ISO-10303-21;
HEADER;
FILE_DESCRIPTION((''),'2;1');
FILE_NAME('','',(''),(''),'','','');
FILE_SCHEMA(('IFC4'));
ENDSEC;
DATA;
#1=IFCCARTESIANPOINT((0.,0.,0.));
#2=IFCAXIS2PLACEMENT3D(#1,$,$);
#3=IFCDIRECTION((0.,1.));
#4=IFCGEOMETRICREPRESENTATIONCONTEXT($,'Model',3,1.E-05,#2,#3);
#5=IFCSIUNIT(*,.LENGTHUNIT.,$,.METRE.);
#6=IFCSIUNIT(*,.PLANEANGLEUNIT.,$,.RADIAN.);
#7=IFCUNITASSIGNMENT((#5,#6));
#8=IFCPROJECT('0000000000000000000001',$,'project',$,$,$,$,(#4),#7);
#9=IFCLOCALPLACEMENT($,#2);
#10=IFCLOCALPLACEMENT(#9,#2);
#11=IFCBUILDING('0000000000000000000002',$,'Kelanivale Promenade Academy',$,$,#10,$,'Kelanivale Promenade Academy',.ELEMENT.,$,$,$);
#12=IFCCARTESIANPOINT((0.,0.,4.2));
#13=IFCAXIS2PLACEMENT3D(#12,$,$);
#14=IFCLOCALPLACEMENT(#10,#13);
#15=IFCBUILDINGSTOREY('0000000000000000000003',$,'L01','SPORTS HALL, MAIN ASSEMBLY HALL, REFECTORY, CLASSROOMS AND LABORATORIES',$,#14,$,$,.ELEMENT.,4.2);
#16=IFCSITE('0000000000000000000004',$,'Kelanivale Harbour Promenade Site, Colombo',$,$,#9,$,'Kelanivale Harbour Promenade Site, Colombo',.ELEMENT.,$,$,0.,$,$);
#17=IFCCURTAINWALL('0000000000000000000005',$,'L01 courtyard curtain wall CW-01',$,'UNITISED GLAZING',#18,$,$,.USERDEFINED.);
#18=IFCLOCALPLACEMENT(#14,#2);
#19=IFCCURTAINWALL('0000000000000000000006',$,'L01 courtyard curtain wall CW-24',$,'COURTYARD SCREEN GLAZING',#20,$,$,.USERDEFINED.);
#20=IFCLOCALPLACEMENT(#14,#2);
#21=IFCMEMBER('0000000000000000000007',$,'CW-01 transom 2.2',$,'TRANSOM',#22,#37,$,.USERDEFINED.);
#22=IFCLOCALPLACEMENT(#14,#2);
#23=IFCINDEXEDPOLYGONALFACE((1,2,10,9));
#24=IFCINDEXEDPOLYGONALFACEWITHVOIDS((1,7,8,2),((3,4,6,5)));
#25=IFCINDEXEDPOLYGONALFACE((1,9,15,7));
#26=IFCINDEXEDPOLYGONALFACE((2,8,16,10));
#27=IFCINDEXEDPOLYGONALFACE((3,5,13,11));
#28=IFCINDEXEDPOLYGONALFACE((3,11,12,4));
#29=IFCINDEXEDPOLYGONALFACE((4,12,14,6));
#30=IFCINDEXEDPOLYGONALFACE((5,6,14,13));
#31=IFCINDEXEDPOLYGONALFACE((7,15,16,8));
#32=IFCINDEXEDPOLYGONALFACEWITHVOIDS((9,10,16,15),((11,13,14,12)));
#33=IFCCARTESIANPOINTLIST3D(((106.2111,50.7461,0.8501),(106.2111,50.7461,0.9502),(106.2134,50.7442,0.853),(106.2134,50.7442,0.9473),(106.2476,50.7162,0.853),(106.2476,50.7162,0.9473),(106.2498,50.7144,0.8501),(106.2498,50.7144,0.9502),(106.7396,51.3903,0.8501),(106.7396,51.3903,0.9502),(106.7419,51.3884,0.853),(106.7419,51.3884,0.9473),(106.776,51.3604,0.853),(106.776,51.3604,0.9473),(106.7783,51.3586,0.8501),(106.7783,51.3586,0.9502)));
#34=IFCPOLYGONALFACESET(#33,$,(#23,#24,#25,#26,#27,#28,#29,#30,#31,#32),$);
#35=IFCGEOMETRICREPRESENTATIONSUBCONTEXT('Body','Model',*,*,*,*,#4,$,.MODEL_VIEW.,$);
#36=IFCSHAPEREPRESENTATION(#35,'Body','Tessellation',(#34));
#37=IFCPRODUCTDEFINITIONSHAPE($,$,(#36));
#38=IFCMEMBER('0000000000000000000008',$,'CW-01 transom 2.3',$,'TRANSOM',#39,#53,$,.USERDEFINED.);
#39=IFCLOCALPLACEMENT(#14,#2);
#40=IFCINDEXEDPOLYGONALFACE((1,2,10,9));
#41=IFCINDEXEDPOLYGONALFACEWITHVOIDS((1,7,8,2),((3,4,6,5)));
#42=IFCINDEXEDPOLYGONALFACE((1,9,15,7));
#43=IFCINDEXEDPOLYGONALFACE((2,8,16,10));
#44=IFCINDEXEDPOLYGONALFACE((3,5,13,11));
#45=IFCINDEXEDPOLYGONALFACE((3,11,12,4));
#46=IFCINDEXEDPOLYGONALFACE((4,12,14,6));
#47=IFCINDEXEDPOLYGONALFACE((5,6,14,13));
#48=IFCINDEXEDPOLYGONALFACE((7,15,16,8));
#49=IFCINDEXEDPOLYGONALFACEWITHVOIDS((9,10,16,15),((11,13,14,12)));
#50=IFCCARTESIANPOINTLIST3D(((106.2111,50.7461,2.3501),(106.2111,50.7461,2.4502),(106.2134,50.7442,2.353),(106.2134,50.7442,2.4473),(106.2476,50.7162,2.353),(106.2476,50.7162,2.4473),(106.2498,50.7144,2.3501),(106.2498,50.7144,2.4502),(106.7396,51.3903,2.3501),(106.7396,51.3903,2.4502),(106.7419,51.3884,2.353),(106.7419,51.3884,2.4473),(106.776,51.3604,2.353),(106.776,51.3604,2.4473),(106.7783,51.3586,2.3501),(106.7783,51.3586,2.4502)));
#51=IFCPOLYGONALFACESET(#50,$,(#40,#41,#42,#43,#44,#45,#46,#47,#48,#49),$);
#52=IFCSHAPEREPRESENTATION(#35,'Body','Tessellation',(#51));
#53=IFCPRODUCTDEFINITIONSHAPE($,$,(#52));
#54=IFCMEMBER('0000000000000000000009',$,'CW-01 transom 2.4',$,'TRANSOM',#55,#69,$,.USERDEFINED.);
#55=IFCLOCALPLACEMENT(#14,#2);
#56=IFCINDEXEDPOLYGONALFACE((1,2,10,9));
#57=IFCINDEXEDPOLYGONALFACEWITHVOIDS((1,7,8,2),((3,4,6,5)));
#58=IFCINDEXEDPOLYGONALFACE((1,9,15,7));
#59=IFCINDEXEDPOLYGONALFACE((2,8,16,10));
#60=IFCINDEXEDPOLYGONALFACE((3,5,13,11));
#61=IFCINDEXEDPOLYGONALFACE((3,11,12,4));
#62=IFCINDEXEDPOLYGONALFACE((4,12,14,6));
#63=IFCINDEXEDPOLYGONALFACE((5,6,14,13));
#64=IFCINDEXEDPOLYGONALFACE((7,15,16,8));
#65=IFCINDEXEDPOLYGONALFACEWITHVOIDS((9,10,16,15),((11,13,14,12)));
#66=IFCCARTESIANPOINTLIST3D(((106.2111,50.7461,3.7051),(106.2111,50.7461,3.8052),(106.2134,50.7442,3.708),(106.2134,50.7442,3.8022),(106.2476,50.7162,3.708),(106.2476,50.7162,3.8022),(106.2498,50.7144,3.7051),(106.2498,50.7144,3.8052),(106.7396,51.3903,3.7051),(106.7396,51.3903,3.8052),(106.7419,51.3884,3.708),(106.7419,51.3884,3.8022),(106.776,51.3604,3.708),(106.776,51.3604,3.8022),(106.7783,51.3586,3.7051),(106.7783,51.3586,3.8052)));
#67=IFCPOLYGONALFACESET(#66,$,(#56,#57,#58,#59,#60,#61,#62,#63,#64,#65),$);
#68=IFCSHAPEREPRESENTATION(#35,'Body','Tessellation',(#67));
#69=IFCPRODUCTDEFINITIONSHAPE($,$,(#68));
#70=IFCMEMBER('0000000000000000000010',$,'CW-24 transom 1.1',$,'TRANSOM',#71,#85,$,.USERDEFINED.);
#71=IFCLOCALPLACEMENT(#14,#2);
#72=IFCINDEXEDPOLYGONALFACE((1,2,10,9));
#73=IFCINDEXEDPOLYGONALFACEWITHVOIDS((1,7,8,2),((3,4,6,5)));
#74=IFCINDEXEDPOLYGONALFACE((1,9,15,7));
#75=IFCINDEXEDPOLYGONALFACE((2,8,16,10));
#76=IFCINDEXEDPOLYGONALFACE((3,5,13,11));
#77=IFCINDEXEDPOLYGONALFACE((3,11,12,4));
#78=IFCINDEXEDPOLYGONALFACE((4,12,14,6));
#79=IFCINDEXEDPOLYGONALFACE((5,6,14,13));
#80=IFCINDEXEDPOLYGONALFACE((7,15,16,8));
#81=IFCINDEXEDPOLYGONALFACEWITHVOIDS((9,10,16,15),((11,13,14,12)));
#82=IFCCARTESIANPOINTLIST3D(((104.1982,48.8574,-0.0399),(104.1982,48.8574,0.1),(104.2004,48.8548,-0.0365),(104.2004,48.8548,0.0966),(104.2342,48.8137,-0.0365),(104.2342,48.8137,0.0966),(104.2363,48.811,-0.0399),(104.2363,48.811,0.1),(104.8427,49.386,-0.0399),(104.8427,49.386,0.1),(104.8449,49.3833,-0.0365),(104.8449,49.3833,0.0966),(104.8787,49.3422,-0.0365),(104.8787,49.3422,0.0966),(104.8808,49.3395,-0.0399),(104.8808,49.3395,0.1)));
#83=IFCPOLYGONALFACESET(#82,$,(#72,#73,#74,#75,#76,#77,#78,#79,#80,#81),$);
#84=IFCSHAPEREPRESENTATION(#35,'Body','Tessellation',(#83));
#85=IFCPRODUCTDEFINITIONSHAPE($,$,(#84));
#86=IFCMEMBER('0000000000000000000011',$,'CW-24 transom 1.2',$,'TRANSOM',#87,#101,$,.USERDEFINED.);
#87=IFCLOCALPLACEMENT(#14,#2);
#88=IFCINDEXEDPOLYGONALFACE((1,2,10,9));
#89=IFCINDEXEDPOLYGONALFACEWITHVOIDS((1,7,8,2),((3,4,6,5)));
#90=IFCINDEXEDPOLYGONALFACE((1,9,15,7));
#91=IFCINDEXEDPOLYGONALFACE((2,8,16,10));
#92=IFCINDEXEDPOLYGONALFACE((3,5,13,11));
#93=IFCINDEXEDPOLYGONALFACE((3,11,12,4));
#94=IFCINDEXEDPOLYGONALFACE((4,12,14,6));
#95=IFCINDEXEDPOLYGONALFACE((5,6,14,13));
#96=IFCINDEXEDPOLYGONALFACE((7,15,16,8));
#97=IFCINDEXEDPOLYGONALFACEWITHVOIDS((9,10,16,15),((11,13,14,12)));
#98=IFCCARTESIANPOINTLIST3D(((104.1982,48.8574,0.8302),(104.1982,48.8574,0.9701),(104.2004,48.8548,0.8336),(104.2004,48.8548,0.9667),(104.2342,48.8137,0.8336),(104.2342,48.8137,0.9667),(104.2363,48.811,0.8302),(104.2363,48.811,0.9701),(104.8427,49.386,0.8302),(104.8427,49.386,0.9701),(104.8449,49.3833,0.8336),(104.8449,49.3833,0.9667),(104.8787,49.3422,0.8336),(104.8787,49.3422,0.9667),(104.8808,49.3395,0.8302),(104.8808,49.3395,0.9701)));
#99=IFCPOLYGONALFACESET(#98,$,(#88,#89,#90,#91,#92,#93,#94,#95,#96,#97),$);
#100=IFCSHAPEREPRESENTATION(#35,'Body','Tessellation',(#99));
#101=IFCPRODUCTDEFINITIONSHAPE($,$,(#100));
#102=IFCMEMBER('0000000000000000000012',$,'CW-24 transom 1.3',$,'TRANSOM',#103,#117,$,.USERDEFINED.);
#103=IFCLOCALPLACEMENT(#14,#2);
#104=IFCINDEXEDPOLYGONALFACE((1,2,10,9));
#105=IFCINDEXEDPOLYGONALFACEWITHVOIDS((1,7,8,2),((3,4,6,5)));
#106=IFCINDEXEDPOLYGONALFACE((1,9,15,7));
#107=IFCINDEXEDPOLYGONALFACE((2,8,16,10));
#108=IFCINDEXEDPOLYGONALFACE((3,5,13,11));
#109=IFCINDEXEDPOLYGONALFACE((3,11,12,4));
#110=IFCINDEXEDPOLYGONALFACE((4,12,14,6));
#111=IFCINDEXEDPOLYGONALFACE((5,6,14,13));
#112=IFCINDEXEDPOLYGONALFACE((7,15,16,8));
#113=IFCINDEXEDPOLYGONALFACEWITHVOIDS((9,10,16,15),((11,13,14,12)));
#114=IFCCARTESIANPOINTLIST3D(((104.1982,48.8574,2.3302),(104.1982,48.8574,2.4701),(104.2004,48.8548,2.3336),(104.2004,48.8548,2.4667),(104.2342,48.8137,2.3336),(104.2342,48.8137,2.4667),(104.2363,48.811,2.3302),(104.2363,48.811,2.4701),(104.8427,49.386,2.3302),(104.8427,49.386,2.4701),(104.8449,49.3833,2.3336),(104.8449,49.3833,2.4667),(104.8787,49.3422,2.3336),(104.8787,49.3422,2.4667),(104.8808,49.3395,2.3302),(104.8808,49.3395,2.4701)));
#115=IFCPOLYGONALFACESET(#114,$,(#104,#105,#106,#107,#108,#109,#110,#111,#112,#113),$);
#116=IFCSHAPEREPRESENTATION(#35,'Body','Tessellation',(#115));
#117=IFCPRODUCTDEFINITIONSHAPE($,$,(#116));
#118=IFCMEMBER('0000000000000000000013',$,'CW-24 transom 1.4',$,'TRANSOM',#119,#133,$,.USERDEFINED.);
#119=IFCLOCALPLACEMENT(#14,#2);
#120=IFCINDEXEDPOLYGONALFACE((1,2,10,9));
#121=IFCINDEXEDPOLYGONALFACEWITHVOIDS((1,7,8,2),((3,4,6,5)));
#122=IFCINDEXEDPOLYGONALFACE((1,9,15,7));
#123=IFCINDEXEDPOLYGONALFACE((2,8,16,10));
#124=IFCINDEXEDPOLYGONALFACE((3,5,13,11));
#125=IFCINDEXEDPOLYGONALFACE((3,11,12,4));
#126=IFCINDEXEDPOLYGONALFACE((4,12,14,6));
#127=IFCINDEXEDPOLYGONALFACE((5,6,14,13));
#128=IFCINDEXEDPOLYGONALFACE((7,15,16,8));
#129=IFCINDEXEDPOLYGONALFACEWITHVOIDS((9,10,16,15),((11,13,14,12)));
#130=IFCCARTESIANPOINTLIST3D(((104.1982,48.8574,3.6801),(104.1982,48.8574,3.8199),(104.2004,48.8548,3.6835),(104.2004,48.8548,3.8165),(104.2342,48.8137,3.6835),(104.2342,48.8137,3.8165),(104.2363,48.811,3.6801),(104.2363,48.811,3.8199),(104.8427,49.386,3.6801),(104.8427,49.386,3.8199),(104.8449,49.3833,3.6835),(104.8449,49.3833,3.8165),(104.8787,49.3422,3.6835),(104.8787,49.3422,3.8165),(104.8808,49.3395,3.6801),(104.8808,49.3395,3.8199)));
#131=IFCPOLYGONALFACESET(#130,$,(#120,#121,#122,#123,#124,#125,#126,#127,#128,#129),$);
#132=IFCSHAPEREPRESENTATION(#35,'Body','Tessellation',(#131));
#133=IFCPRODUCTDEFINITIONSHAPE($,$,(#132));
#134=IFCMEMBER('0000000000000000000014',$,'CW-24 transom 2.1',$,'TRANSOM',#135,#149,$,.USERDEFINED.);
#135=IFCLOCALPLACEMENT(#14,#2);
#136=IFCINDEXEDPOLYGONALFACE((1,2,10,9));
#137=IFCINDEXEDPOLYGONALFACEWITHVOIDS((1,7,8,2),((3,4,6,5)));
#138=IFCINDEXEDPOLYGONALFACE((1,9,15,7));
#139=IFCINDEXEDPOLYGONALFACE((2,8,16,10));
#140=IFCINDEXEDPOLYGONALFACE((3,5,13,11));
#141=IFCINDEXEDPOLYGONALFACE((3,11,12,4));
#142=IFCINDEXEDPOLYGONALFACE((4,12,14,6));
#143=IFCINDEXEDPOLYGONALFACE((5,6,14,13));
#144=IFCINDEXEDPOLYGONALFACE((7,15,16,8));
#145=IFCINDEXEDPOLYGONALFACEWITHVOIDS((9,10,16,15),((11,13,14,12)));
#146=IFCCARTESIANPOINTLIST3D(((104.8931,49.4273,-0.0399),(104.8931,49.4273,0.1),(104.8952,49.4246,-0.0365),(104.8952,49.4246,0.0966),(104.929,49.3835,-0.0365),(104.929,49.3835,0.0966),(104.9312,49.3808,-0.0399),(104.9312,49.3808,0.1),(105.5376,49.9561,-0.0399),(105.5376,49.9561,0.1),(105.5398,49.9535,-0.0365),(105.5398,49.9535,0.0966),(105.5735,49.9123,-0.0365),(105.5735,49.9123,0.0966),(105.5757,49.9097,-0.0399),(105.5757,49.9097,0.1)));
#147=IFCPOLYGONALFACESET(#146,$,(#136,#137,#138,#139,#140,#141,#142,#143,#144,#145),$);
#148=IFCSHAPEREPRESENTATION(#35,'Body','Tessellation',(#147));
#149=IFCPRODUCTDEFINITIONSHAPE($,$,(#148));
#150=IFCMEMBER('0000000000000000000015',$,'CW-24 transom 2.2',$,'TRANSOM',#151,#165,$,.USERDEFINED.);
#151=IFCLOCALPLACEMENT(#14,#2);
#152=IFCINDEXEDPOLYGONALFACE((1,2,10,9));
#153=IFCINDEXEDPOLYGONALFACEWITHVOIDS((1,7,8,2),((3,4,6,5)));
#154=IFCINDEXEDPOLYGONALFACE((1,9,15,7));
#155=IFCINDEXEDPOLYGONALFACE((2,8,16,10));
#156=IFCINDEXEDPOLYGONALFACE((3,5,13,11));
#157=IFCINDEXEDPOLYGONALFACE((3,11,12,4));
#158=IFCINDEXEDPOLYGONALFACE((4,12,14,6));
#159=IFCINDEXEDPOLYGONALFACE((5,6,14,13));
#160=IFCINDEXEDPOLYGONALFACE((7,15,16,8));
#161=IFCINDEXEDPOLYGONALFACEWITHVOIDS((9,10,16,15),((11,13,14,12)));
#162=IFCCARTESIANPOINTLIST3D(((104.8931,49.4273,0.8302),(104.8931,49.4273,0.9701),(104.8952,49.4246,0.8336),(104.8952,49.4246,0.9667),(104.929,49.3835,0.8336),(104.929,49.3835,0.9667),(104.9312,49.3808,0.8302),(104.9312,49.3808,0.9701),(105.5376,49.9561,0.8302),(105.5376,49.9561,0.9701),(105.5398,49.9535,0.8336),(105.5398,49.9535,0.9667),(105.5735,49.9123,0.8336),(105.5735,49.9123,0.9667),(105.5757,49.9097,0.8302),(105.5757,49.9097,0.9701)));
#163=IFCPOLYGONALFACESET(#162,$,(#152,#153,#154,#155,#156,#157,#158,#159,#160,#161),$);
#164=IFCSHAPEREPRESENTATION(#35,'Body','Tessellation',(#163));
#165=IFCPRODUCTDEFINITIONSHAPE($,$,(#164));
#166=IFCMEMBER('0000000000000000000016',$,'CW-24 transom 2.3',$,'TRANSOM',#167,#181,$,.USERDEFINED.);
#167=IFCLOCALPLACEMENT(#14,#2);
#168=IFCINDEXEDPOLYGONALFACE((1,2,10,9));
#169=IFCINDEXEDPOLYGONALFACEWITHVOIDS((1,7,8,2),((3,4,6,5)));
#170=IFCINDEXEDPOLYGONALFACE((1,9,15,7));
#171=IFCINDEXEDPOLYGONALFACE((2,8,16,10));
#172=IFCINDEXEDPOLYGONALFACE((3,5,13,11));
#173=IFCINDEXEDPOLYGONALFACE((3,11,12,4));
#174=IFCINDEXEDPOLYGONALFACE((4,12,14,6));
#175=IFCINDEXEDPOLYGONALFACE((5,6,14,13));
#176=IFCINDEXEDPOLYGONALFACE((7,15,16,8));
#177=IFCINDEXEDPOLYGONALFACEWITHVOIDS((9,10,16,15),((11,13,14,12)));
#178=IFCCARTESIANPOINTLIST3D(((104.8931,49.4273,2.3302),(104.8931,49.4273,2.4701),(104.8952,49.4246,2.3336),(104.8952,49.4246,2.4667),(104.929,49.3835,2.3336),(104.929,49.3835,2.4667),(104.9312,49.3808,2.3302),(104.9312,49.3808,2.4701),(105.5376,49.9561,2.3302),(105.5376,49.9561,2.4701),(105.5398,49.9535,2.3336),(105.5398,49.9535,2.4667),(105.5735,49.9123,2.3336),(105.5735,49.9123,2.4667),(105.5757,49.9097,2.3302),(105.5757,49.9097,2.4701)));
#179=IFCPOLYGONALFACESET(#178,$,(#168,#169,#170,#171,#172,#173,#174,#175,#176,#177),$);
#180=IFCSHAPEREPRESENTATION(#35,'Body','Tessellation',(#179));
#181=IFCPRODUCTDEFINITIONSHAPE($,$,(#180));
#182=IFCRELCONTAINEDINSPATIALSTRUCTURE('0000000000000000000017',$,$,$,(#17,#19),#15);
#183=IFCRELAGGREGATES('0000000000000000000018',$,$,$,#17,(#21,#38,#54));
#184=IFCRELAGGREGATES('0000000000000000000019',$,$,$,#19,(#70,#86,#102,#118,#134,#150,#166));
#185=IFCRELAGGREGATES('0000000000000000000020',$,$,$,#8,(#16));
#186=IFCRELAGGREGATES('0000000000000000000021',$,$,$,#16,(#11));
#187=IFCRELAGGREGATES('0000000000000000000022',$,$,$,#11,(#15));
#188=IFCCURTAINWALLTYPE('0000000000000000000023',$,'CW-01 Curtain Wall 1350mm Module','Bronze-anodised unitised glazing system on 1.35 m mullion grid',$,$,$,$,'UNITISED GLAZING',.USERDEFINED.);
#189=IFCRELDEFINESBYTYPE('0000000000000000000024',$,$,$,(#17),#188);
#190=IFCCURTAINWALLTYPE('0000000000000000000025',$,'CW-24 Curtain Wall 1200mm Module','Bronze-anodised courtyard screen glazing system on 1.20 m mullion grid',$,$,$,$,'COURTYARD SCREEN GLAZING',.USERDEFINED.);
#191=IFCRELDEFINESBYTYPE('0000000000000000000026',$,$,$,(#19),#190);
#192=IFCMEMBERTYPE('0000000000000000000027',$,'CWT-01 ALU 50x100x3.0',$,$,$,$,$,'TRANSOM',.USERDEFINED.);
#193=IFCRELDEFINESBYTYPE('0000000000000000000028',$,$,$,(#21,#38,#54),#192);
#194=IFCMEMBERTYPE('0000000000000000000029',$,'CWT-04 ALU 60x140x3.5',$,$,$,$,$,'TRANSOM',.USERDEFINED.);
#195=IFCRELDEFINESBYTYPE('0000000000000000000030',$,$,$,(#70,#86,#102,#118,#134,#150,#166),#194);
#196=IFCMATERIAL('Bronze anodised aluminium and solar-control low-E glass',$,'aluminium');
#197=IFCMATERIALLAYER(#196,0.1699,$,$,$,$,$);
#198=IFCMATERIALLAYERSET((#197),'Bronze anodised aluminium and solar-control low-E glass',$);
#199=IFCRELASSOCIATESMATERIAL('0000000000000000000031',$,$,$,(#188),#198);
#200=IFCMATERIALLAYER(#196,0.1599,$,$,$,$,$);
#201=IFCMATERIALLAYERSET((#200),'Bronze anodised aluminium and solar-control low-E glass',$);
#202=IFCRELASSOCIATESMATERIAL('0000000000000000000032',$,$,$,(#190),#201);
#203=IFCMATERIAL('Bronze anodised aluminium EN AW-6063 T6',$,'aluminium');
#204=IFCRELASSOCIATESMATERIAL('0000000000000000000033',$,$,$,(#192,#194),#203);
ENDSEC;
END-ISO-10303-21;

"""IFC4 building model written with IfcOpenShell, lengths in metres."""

from ifc_helpers import new_model, si_unit, direction, frame, origin, origin_2d, place, context, subcontext, project, spatial, hollow_rectangle, extrude, material, layer, layer_set, material_profile, profile_set, type_object, element, aggregate, save


model = new_model("IFC4")

# Units and contexts
model_context = context("Model", 3, precision=1e-05, world=origin(), true_north=direction((0.0, 1.0)))
body_context = subcontext(model_context, "Body", "Model", "MODEL_VIEW")
ifc_project = project(units=[si_unit("LENGTHUNIT", "METRE"), si_unit("PLANEANGLEUNIT", "RADIAN")], contexts=[model_context])

# Site, building, storey
site_placement = place(None, origin())
site = spatial("IfcSite", under=ifc_project, at=site_placement, Name="Kelanivale Harbour Promenade Site, Colombo", LongName="Kelanivale Harbour Promenade Site, Colombo", CompositionType="ELEMENT", RefElevation=0.0)
building_placement = place(site_placement, origin())
building = spatial("IfcBuilding", under=site, at=building_placement, Name="Kelanivale Promenade Academy", LongName="Kelanivale Promenade Academy", CompositionType="ELEMENT")
storey_placement = place(building_placement, frame((0.0, 0.0, 4.2)))
storey = spatial("IfcBuildingStorey", under=building, at=storey_placement, Name="L01", Description="SPORTS HALL, MAIN ASSEMBLY HALL, REFECTORY, CLASSROOMS AND LABORATORIES", CompositionType="ELEMENT", Elevation=4.2)

# Curtain walls
ifc_material_1 = material(Name="Bronze anodised aluminium and solar-control low-E glass", Category="aluminium")
ifc_layer_1 = layer(ifc_material_1, 0.1699)
ifc_layer_set_1 = layer_set([ifc_layer_1], Name="Bronze anodised aluminium and solar-control low-E glass")
curtain_wall_type_1 = type_object("IfcCurtainWallType", Name="CW-01 Curtain Wall 1350mm Module", Description="Bronze-anodised unitised glazing system on 1.35 m mullion grid", ElementType="UNITISED GLAZING", PredefinedType="USERDEFINED", material=ifc_layer_set_1)
curtain_wall_1_placement = place(storey_placement, origin())
curtain_wall_1 = element("IfcCurtainWall", 1, at=curtain_wall_1_placement, inside=storey, type_object=curtain_wall_type_1, Name="L01 courtyard curtain wall CW-01", ObjectType="UNITISED GLAZING", PredefinedType="USERDEFINED")
ifc_material_2 = material(Name="Bronze anodised aluminium EN AW-6063 T6", Category="aluminium")
ifc_layer_2 = layer(ifc_material_1, 0.1599)
ifc_layer_set_2 = layer_set([ifc_layer_2], Name="Bronze anodised aluminium and solar-control low-E glass")
curtain_wall_type_2 = type_object("IfcCurtainWallType", Name="CW-24 Curtain Wall 1200mm Module", Description="Bronze-anodised courtyard screen glazing system on 1.20 m mullion grid", ElementType="COURTYARD SCREEN GLAZING", PredefinedType="USERDEFINED", material=ifc_layer_set_2)
curtain_wall_2_placement = place(storey_placement, origin())
curtain_wall_2 = element("IfcCurtainWall", 2, at=curtain_wall_2_placement, inside=storey, type_object=curtain_wall_type_2, Name="L01 courtyard curtain wall CW-24", ObjectType="COURTYARD SCREEN GLAZING", PredefinedType="USERDEFINED")

# Members
ifc_material_profile_1 = material_profile(ifc_material_2, hollow_rectangle(XDim=0.05, YDim=0.1001, WallThickness=0.0029, at=origin_2d()), Name="ALU 50x100x3.0")
ifc_profile_set_1 = profile_set([ifc_material_profile_1], Name="Bronze anodised aluminium EN AW-6063 T6")
member_type_1 = type_object("IfcMemberType", Name="CWT-01 ALU 50x100x3.0", ElementType="TRANSOM", PredefinedType="USERDEFINED", material=ifc_profile_set_1)
member_1_placement = place(storey_placement, frame((106.2305, 50.7302, 0.9001), z_axis=(0.634258, 0.773121, 0.0), x_axis=(-0.773121, 0.634258, 0.0)))
member_1 = element("IfcMember", 3, at=member_1_placement, type_object=member_type_1, Name="CW-01 transom 2.2", ObjectType="TRANSOM", PredefinedType="USERDEFINED", context=body_context, shape_type="SweptSolid", body=[
    extrude(hollow_rectangle(XDim=0.05, YDim=0.1001, WallThickness=0.0029, at=origin_2d()), origin(), (0.0, 0.0, 1.0), 0.8333),
])
member_2_placement = place(storey_placement, frame((106.2305, 50.7302, 2.4001), z_axis=(0.634258, 0.773121, 0.0), x_axis=(-0.773121, 0.634258, 0.0)))
member_2 = element("IfcMember", 4, at=member_2_placement, type_object=member_type_1, Name="CW-01 transom 2.3", ObjectType="TRANSOM", PredefinedType="USERDEFINED", context=body_context, shape_type="SweptSolid", body=[
    extrude(hollow_rectangle(XDim=0.05, YDim=0.1001, WallThickness=0.0029, at=origin_2d()), origin(), (0.0, 0.0, 1.0), 0.8333),
])
member_3_placement = place(storey_placement, frame((106.2305, 50.7302, 3.7551), z_axis=(0.634258, 0.773121, 0.0), x_axis=(-0.773121, 0.634258, 0.0)))
member_3 = element("IfcMember", 5, at=member_3_placement, type_object=member_type_1, Name="CW-01 transom 2.4", ObjectType="TRANSOM", PredefinedType="USERDEFINED", context=body_context, shape_type="SweptSolid", body=[
    extrude(hollow_rectangle(XDim=0.05, YDim=0.1001, WallThickness=0.0029, at=origin_2d()), origin(), (0.0, 0.0, 1.0), 0.8333),
])
ifc_material_profile_2 = material_profile(ifc_material_2, hollow_rectangle(XDim=0.0601, YDim=0.1399, WallThickness=0.0034, at=origin_2d()), Name="ALU 60x140x3.5")
ifc_profile_set_2 = profile_set([ifc_material_profile_2], Name="Bronze anodised aluminium EN AW-6063 T6")
member_type_2 = type_object("IfcMemberType", Name="CWT-04 ALU 60x140x3.5", ElementType="TRANSOM", PredefinedType="USERDEFINED", material=ifc_profile_set_2)
member_4_placement = place(storey_placement, frame((104.2173, 48.8342, 0.03), z_axis=(0.773239, 0.634115, 0.0), x_axis=(-0.634115, 0.773239, 0.0)))
member_4 = element("IfcMember", 6, at=member_4_placement, type_object=member_type_2, Name="CW-24 transom 1.1", ObjectType="TRANSOM", PredefinedType="USERDEFINED", context=body_context, shape_type="SweptSolid", body=[
    extrude(hollow_rectangle(XDim=0.0601, YDim=0.1399, WallThickness=0.0034, at=origin_2d()), origin(), (0.0, 0.0, 1.0), 0.8335),
])
member_5_placement = place(storey_placement, frame((104.2173, 48.8342, 0.9001), z_axis=(0.773239, 0.634115, 0.0), x_axis=(-0.634115, 0.773239, 0.0)))
member_5 = element("IfcMember", 7, at=member_5_placement, type_object=member_type_2, Name="CW-24 transom 1.2", ObjectType="TRANSOM", PredefinedType="USERDEFINED", context=body_context, shape_type="SweptSolid", body=[
    extrude(hollow_rectangle(XDim=0.0601, YDim=0.1399, WallThickness=0.0034, at=origin_2d()), origin(), (0.0, 0.0, 1.0), 0.8335),
])
member_6_placement = place(storey_placement, frame((104.2173, 48.8342, 2.4001), z_axis=(0.773239, 0.634115, 0.0), x_axis=(-0.634115, 0.773239, 0.0)))
member_6 = element("IfcMember", 8, at=member_6_placement, type_object=member_type_2, Name="CW-24 transom 1.3", ObjectType="TRANSOM", PredefinedType="USERDEFINED", context=body_context, shape_type="SweptSolid", body=[
    extrude(hollow_rectangle(XDim=0.0601, YDim=0.1399, WallThickness=0.0034, at=origin_2d()), origin(), (0.0, 0.0, 1.0), 0.8335),
])
member_7_placement = place(storey_placement, frame((104.2173, 48.8342, 3.75), z_axis=(0.773239, 0.634115, 0.0), x_axis=(-0.634115, 0.773239, 0.0)))
member_7 = element("IfcMember", 9, at=member_7_placement, type_object=member_type_2, Name="CW-24 transom 1.4", ObjectType="TRANSOM", PredefinedType="USERDEFINED", context=body_context, shape_type="SweptSolid", body=[
    extrude(hollow_rectangle(XDim=0.0601, YDim=0.1399, WallThickness=0.0034, at=origin_2d()), origin(), (0.0, 0.0, 1.0), 0.8335),
])
member_8_placement = place(storey_placement, frame((104.9121, 49.4041, 0.03), z_axis=(0.773095, 0.63429, 0.0), x_axis=(-0.63429, 0.773095, 0.0)))
member_8 = element("IfcMember", 10, at=member_8_placement, type_object=member_type_2, Name="CW-24 transom 2.1", ObjectType="TRANSOM", PredefinedType="USERDEFINED", context=body_context, shape_type="SweptSolid", body=[
    extrude(hollow_rectangle(XDim=0.0601, YDim=0.1399, WallThickness=0.0034, at=origin_2d()), origin(), (0.0, 0.0, 1.0), 0.8337),
])
member_9_placement = place(storey_placement, frame((104.9121, 49.4041, 0.9001), z_axis=(0.773095, 0.63429, 0.0), x_axis=(-0.63429, 0.773095, 0.0)))
member_9 = element("IfcMember", 11, at=member_9_placement, type_object=member_type_2, Name="CW-24 transom 2.2", ObjectType="TRANSOM", PredefinedType="USERDEFINED", context=body_context, shape_type="SweptSolid", body=[
    extrude(hollow_rectangle(XDim=0.0601, YDim=0.1399, WallThickness=0.0034, at=origin_2d()), origin(), (0.0, 0.0, 1.0), 0.8337),
])
member_10_placement = place(storey_placement, frame((104.9121, 49.4041, 2.4001), z_axis=(0.773095, 0.63429, 0.0), x_axis=(-0.63429, 0.773095, 0.0)))
member_10 = element("IfcMember", 12, at=member_10_placement, type_object=member_type_2, Name="CW-24 transom 2.3", ObjectType="TRANSOM", PredefinedType="USERDEFINED", context=body_context, shape_type="SweptSolid", body=[
    extrude(hollow_rectangle(XDim=0.0601, YDim=0.1399, WallThickness=0.0034, at=origin_2d()), origin(), (0.0, 0.0, 1.0), 0.8337),
])

aggregate(curtain_wall_1, [member_1, member_2, member_3])
aggregate(curtain_wall_2, [member_4, member_5, member_6, member_7, member_8, member_9, member_10])

save(model, "model.ifc")
